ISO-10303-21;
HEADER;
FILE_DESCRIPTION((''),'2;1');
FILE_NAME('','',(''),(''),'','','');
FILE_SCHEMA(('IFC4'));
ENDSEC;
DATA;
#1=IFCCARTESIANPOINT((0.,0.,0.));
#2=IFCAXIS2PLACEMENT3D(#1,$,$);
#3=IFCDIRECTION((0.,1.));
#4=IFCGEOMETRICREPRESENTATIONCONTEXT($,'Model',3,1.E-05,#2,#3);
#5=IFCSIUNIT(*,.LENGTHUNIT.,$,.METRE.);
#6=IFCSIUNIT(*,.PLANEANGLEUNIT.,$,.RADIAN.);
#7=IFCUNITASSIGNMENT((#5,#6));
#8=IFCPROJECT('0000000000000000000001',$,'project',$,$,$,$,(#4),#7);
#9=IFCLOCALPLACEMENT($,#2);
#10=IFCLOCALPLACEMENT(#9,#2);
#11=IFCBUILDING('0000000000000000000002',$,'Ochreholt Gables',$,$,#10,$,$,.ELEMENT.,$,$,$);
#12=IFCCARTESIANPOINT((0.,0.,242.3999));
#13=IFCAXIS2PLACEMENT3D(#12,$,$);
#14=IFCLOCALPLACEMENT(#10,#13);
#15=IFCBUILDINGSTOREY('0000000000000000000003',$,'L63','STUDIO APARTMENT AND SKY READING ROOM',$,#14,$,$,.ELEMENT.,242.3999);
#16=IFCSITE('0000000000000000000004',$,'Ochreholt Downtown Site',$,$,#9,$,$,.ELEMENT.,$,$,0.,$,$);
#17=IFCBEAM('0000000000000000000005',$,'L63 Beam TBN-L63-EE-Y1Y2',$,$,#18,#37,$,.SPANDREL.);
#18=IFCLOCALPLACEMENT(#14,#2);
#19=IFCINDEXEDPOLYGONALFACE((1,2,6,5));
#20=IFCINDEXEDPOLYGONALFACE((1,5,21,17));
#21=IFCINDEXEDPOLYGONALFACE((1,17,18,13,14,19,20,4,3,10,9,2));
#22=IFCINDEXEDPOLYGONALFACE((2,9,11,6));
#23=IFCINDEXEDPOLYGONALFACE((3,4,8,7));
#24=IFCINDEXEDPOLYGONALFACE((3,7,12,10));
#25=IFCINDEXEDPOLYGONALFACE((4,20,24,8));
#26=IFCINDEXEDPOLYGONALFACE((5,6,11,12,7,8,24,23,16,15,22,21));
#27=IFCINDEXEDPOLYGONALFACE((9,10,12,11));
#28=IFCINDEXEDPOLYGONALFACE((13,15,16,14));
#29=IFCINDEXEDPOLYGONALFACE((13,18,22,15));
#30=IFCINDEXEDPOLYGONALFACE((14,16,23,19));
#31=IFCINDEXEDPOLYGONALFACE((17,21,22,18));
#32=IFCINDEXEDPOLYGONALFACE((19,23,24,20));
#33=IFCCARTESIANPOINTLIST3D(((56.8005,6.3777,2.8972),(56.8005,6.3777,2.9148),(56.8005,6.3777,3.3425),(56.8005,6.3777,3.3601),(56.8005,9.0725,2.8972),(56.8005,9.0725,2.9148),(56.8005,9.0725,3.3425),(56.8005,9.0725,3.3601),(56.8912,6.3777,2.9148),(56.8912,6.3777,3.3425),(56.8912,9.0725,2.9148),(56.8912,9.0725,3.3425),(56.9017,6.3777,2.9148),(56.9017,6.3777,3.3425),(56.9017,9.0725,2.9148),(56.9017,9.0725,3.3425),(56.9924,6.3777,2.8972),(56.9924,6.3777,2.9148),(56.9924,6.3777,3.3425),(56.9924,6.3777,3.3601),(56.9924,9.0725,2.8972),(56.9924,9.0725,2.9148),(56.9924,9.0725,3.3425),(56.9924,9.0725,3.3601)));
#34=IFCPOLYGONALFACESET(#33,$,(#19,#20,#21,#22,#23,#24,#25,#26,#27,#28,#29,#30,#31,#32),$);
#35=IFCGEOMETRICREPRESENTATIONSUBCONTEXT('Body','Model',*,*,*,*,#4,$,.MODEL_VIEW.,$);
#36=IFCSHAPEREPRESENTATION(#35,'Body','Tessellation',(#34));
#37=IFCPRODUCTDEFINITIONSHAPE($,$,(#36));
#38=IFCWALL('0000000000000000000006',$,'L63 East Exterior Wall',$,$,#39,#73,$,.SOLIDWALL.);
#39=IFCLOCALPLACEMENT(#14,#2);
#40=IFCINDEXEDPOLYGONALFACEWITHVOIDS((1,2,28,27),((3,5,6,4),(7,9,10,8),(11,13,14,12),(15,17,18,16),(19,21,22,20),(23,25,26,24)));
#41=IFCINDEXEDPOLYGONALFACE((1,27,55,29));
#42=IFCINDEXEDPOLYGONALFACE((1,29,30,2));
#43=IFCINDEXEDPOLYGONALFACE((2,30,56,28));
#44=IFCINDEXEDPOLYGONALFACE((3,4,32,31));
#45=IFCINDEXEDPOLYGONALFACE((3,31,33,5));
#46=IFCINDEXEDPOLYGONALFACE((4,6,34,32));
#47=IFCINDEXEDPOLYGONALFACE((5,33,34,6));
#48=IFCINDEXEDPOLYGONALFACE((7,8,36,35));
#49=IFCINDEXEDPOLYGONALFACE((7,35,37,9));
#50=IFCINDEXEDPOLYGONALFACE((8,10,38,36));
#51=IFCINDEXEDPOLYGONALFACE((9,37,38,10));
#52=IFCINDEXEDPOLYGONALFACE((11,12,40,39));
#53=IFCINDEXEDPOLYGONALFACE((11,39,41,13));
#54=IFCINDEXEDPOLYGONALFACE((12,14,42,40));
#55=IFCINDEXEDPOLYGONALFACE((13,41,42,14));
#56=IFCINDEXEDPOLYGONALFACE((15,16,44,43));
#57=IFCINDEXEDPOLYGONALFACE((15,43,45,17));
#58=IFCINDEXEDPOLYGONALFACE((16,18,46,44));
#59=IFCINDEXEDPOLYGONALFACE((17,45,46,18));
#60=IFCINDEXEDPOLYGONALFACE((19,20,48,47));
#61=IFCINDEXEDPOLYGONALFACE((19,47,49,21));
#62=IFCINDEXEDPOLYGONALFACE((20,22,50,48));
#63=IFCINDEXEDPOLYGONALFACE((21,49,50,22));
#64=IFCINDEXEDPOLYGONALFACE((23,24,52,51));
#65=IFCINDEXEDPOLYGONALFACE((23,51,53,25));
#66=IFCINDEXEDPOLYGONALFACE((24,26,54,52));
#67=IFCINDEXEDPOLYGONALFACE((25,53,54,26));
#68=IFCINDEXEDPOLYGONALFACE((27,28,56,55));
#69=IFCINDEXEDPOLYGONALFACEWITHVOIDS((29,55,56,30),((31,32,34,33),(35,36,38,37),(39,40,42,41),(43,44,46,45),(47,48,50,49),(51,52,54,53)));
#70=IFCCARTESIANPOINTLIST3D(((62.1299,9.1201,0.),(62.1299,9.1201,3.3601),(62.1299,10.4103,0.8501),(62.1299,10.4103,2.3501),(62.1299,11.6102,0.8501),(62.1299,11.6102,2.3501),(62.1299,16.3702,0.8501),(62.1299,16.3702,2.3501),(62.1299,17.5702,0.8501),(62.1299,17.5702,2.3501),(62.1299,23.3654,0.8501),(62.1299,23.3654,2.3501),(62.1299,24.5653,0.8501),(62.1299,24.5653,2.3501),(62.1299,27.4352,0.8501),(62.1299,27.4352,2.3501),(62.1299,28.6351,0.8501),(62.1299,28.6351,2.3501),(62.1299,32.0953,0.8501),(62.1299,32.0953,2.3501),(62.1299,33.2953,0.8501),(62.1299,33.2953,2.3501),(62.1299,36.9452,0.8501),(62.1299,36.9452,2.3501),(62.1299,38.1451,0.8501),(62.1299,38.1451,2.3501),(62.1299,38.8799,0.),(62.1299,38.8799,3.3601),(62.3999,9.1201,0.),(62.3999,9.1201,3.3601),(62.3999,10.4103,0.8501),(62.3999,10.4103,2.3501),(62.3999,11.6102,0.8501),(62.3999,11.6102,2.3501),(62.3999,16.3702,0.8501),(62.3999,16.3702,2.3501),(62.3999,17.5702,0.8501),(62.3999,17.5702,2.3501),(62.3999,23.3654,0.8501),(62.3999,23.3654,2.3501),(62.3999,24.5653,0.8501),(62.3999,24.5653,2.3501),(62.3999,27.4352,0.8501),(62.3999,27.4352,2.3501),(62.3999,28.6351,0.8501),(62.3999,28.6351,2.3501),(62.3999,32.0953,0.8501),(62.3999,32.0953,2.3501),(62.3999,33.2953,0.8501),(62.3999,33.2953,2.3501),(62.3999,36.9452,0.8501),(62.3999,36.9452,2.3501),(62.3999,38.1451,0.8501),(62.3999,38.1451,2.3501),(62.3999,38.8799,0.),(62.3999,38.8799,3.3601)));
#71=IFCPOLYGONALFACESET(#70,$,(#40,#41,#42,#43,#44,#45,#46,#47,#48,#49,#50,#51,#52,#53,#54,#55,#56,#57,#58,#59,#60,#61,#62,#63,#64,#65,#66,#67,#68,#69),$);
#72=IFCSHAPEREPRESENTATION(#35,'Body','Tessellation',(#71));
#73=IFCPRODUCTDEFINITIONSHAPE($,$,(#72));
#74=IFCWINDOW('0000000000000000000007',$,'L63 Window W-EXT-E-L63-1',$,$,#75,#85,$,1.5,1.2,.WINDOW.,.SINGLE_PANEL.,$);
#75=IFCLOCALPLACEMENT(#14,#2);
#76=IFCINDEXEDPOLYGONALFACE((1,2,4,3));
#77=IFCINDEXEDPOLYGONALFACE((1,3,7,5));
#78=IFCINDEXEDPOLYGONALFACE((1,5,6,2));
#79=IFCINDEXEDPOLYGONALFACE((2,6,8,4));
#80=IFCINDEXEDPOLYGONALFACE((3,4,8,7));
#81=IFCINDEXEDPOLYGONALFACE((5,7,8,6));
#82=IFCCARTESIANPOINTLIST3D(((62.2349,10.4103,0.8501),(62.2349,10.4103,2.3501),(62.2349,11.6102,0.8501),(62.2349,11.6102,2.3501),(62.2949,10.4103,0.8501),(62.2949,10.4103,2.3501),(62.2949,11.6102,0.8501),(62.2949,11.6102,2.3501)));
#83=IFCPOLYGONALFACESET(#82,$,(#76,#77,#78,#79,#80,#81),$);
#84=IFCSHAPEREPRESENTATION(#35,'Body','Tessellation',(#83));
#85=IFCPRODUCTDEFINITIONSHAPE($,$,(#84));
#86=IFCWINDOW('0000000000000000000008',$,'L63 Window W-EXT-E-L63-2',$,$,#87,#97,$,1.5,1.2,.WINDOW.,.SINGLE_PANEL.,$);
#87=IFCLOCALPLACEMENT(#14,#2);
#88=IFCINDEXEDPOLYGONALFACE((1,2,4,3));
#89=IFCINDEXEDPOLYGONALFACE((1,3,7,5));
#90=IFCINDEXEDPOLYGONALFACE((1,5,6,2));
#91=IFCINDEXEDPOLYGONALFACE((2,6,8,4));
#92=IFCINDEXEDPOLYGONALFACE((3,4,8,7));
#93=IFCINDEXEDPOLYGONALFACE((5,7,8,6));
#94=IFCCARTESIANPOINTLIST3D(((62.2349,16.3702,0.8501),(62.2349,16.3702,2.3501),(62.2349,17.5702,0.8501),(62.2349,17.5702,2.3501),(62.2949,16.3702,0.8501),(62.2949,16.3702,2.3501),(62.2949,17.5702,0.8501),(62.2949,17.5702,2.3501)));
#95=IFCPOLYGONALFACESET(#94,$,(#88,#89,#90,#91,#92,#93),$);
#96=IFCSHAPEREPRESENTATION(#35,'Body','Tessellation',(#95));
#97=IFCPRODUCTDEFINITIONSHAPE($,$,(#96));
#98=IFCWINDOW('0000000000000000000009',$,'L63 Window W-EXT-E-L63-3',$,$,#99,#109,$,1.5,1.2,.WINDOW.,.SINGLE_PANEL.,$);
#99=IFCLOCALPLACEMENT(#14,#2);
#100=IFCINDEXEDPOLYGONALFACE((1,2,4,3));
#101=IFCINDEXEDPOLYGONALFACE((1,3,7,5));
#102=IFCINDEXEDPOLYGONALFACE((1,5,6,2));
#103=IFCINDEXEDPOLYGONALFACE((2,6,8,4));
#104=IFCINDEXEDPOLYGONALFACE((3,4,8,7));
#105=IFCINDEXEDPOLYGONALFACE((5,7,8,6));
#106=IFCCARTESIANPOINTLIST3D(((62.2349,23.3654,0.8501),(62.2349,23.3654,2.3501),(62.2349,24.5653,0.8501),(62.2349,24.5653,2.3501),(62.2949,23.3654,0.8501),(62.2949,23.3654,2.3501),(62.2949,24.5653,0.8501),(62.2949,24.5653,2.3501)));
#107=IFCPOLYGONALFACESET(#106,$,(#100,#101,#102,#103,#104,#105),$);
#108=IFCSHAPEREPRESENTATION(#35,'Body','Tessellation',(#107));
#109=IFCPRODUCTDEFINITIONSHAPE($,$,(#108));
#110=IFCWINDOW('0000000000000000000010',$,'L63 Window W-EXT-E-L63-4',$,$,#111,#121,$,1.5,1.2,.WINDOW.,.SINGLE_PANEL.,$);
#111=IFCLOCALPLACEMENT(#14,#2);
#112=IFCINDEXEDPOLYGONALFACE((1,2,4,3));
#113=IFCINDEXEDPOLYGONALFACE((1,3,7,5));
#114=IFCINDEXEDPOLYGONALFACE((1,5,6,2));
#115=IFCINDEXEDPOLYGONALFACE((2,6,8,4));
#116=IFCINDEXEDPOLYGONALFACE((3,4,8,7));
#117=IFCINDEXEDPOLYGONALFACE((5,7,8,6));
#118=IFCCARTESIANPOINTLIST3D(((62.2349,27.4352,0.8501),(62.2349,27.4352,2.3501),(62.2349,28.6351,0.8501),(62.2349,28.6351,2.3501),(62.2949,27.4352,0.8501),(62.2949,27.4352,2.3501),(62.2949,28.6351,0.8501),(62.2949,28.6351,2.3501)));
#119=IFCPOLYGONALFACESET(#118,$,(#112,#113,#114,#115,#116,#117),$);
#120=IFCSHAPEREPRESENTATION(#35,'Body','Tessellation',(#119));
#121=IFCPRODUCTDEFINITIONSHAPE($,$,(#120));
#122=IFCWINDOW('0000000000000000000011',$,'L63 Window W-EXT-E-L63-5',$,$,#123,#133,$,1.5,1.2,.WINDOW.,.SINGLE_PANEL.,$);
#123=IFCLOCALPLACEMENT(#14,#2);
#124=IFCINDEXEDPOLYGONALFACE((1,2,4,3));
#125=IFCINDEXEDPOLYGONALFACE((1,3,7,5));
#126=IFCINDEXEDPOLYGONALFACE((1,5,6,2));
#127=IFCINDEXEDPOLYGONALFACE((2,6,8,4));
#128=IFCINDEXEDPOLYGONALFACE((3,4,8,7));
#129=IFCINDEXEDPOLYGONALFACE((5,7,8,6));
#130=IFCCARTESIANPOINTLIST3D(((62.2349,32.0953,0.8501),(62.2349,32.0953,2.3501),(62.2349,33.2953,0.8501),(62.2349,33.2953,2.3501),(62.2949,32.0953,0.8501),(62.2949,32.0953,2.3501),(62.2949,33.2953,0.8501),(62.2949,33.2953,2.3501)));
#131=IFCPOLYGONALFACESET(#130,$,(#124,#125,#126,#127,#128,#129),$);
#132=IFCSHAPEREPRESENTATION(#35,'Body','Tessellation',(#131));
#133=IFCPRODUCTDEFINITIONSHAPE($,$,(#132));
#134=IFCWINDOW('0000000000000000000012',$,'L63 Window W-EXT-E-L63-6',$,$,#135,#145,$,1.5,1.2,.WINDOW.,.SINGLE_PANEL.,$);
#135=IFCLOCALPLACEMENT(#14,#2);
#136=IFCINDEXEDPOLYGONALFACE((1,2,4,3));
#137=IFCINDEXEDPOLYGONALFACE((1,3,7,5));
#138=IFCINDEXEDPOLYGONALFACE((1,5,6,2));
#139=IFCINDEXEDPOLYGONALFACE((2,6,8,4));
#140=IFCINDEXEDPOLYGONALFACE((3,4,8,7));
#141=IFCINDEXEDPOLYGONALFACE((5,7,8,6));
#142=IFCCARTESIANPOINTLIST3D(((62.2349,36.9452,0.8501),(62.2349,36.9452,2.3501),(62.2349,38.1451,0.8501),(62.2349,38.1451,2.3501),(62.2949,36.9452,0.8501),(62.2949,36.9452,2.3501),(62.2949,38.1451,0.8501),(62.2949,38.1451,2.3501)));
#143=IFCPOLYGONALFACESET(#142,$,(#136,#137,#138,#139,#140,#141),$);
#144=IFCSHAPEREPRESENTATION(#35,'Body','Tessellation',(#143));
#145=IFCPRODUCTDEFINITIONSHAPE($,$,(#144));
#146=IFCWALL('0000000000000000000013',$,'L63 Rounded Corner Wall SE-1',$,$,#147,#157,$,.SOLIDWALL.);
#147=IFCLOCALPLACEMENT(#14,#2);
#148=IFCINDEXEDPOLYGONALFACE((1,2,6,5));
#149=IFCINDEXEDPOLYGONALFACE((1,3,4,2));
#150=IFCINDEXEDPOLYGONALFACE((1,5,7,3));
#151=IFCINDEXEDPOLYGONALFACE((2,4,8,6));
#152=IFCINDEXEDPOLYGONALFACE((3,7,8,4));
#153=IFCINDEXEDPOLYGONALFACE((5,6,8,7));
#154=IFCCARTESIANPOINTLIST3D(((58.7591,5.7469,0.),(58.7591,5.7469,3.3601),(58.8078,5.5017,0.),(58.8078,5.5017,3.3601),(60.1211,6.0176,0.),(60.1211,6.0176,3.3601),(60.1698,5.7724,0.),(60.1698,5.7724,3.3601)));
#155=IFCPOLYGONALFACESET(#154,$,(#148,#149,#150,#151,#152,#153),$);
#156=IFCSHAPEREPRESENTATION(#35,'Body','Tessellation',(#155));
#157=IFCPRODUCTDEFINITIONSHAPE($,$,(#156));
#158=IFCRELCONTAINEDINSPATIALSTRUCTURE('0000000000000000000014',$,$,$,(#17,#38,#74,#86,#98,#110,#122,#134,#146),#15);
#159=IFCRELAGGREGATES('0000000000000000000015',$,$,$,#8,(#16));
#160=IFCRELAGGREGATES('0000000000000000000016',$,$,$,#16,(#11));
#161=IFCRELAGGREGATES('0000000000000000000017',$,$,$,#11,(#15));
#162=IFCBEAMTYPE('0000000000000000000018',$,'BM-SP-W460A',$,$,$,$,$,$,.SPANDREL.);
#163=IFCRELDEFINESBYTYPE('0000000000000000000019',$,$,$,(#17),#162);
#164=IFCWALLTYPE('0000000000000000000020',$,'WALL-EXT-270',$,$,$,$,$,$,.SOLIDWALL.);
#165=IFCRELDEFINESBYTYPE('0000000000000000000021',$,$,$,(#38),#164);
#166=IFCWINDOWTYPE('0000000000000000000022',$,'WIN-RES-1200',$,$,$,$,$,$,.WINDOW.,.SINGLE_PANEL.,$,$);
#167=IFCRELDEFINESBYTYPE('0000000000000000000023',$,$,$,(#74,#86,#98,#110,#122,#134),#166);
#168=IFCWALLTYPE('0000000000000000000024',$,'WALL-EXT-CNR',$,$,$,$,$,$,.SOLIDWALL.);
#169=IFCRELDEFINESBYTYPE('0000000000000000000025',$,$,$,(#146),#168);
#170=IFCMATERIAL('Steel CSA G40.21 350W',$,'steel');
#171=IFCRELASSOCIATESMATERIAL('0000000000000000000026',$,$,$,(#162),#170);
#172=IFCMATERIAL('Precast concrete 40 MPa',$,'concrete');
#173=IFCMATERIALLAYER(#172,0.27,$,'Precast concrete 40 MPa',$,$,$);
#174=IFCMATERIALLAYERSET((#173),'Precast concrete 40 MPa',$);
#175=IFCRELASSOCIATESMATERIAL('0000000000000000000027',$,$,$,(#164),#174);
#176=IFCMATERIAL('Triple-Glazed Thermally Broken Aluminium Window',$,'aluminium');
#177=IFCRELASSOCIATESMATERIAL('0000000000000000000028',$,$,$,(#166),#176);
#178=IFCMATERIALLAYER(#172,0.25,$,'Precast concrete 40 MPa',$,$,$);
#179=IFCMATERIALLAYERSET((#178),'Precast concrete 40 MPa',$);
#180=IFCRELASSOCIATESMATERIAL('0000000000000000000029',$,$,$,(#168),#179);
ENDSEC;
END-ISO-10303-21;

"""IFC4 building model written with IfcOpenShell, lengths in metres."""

from ifc_helpers import new_model, si_unit, direction, frame, frame_2d, origin, origin_2d, place, context, subcontext, project, spatial, rectangle, i_section, extrude, material, layer, layer_set, material_profile, profile_set, type_object, element, fill, save


model = new_model("IFC4")

# Units and contexts
model_context = context("Model", 3, precision=1e-05, world=origin(), true_north=direction((0.0, 1.0)))
body_context = subcontext(model_context, "Body", "Model", "MODEL_VIEW")
ifc_project = project(units=[si_unit("LENGTHUNIT", "METRE"), si_unit("PLANEANGLEUNIT", "RADIAN")], contexts=[model_context])

# Site, building, storey
site_placement = place(None, origin())
site = spatial("IfcSite", under=ifc_project, at=site_placement, Name="Ochreholt Downtown Site", CompositionType="ELEMENT", RefElevation=0.0)
building_placement = place(site_placement, origin())
building = spatial("IfcBuilding", under=site, at=building_placement, Name="Ochreholt Gables", CompositionType="ELEMENT")
storey_placement = place(building_placement, frame((0.0, 0.0, 242.3999)))
storey = spatial("IfcBuildingStorey", under=building, at=storey_placement, Name="L63", Description="STUDIO APARTMENT AND SKY READING ROOM", CompositionType="ELEMENT", Elevation=242.3999)

# Beam
ifc_material_1 = material(Name="Steel CSA G40.21 350W", Category="steel")
ifc_material_profile = material_profile(ifc_material_1, i_section(OverallWidth=0.1919, OverallDepth=0.4629, WebThickness=0.0105, FlangeThickness=0.0176, at=origin_2d()), Name="W460X89")
ifc_profile_set = profile_set([ifc_material_profile], Name="Steel CSA G40.21 350W")
beam_type = type_object("IfcBeamType", Name="BM-SP-W460A", PredefinedType="SPANDREL", material=ifc_profile_set)
beam_placement = place(storey_placement, frame((56.8965, 6.3777, 3.1287), z_axis=(0.0, 1.0, 0.0), x_axis=(-1.0, 0.0, 0.0)))
element("IfcBeam", 1, at=beam_placement, inside=storey, type_object=beam_type, Name="L63 Beam TBN-L63-EE-Y1Y2", PredefinedType="SPANDREL", context=body_context, shape_type="SweptSolid", body=[
    extrude(i_section(OverallWidth=0.1919, OverallDepth=0.4629, WebThickness=0.0105, FlangeThickness=0.0176, at=origin_2d()), origin(), (0.0, 0.0, 1.0), 2.6948),
])

# Wall, openings, windows
ifc_material_2 = material(Name="Precast concrete 40 MPa", Category="concrete")
ifc_layer_1 = layer(ifc_material_2, 0.27, Name="Precast concrete 40 MPa")
ifc_layer_set_1 = layer_set([ifc_layer_1], Name="Precast concrete 40 MPa")
wall_type_1 = type_object("IfcWallType", Name="WALL-EXT-270", PredefinedType="SOLIDWALL", material=ifc_layer_set_1)
wall_1_placement = place(storey_placement, frame((62.2649, 9.1201, 0.0), z_axis=(0.0, 0.0, 1.0), x_axis=(0.0, 1.0, 0.0)))
wall_1 = element("IfcWall", 2, at=wall_1_placement, inside=storey, type_object=wall_type_1, Name="L63 East Exterior Wall", PredefinedType="SOLIDWALL", context=body_context, shape_type="SweptSolid", body=[
    extrude(rectangle(XDim=29.7598, YDim=0.27, at=frame_2d((14.8799, 0.0))), origin(), (0.0, 0.0, 1.0), 3.3601),
])
opening_1_placement = place(wall_1_placement, frame((1.29, 0.0, 0.8501)))
opening_1 = element("IfcOpeningElement", 3, at=opening_1_placement, cuts=wall_1, PredefinedType="OPENING", context=body_context, shape_type="SweptSolid", body=[
    extrude(rectangle(XDim=1.2, YDim=1.5, at=frame_2d((0.6001, 0.75))), frame((0.0, 0.145, 0.0), z_axis=(0.0, -1.0, 0.0), x_axis=(1.0, 0.0, 0.0)), (0.0, 0.0, 1.0), 0.29),
])
opening_2_placement = place(wall_1_placement, frame((7.25, 0.0, 0.8501)))
opening_2 = element("IfcOpeningElement", 4, at=opening_2_placement, cuts=wall_1, PredefinedType="OPENING", context=body_context, shape_type="SweptSolid", body=[
    extrude(rectangle(XDim=1.2, YDim=1.5, at=frame_2d((0.6001, 0.75))), frame((0.0, 0.145, 0.0), z_axis=(0.0, -1.0, 0.0), x_axis=(1.0, 0.0, 0.0)), (0.0, 0.0, 1.0), 0.29),
])
opening_3_placement = place(wall_1_placement, frame((14.2451, 0.0, 0.8501)))
opening_3 = element("IfcOpeningElement", 5, at=opening_3_placement, cuts=wall_1, PredefinedType="OPENING", context=body_context, shape_type="SweptSolid", body=[
    extrude(rectangle(XDim=1.2, YDim=1.5, at=frame_2d((0.6001, 0.75))), frame((0.0, 0.145, 0.0), z_axis=(0.0, -1.0, 0.0), x_axis=(1.0, 0.0, 0.0)), (0.0, 0.0, 1.0), 0.29),
])
opening_4_placement = place(wall_1_placement, frame((18.3149, 0.0, 0.8501)))
opening_4 = element("IfcOpeningElement", 6, at=opening_4_placement, cuts=wall_1, PredefinedType="OPENING", context=body_context, shape_type="SweptSolid", body=[
    extrude(rectangle(XDim=1.2, YDim=1.5, at=frame_2d((0.6001, 0.75))), frame((0.0, 0.145, 0.0), z_axis=(0.0, -1.0, 0.0), x_axis=(1.0, 0.0, 0.0)), (0.0, 0.0, 1.0), 0.29),
])
opening_5_placement = place(wall_1_placement, frame((22.9751, 0.0, 0.8501)))
opening_5 = element("IfcOpeningElement", 7, at=opening_5_placement, cuts=wall_1, PredefinedType="OPENING", context=body_context, shape_type="SweptSolid", body=[
    extrude(rectangle(XDim=1.2, YDim=1.5, at=frame_2d((0.6001, 0.75))), frame((0.0, 0.145, 0.0), z_axis=(0.0, -1.0, 0.0), x_axis=(1.0, 0.0, 0.0)), (0.0, 0.0, 1.0), 0.29),
])
opening_6_placement = place(wall_1_placement, frame((27.825, 0.0, 0.8501)))
opening_6 = element("IfcOpeningElement", 8, at=opening_6_placement, cuts=wall_1, PredefinedType="OPENING", context=body_context, shape_type="SweptSolid", body=[
    extrude(rectangle(XDim=1.2, YDim=1.5, at=frame_2d((0.6001, 0.75))), frame((0.0, 0.145, 0.0), z_axis=(0.0, -1.0, 0.0), x_axis=(1.0, 0.0, 0.0)), (0.0, 0.0, 1.0), 0.29),
])
ifc_material_3 = material(Name="Triple-Glazed Thermally Broken Aluminium Window", Category="aluminium")
window_type = type_object("IfcWindowType", Name="WIN-RES-1200", PartitioningType="SINGLE_PANEL", PredefinedType="WINDOW", material=ifc_material_3)
window_1_placement = place(opening_1_placement, origin())
window_1 = element("IfcWindow", 9, at=window_1_placement, inside=storey, type_object=window_type, Name="L63 Window W-EXT-E-L63-1", OverallHeight=1.5, OverallWidth=1.2, PartitioningType="SINGLE_PANEL", PredefinedType="WINDOW", context=body_context, shape_type="SweptSolid", body=[
    extrude(rectangle(XDim=1.2, YDim=1.5, at=frame_2d((0.6001, 0.75))), frame((0.0, 0.03, 0.0), z_axis=(0.0, -1.0, 0.0), x_axis=(1.0, 0.0, 0.0)), (0.0, 0.0, 1.0), 0.0601),
])
fill(opening_1, window_1)
window_2_placement = place(opening_2_placement, origin())
window_2 = element("IfcWindow", 10, at=window_2_placement, inside=storey, type_object=window_type, Name="L63 Window W-EXT-E-L63-2", OverallHeight=1.5, OverallWidth=1.2, PartitioningType="SINGLE_PANEL", PredefinedType="WINDOW", context=body_context, shape_type="SweptSolid", body=[
    extrude(rectangle(XDim=1.2, YDim=1.5, at=frame_2d((0.6001, 0.75))), frame((0.0, 0.03, 0.0), z_axis=(0.0, -1.0, 0.0), x_axis=(1.0, 0.0, 0.0)), (0.0, 0.0, 1.0), 0.0601),
])
fill(opening_2, window_2)
window_3_placement = place(opening_3_placement, origin())
window_3 = element("IfcWindow", 11, at=window_3_placement, inside=storey, type_object=window_type, Name="L63 Window W-EXT-E-L63-3", OverallHeight=1.5, OverallWidth=1.2, PartitioningType="SINGLE_PANEL", PredefinedType="WINDOW", context=body_context, shape_type="SweptSolid", body=[
    extrude(rectangle(XDim=1.2, YDim=1.5, at=frame_2d((0.6001, 0.75))), frame((0.0, 0.03, 0.0), z_axis=(0.0, -1.0, 0.0), x_axis=(1.0, 0.0, 0.0)), (0.0, 0.0, 1.0), 0.0601),
])
fill(opening_3, window_3)
window_4_placement = place(opening_4_placement, origin())
window_4 = element("IfcWindow", 12, at=window_4_placement, inside=storey, type_object=window_type, Name="L63 Window W-EXT-E-L63-4", OverallHeight=1.5, OverallWidth=1.2, PartitioningType="SINGLE_PANEL", PredefinedType="WINDOW", context=body_context, shape_type="SweptSolid", body=[
    extrude(rectangle(XDim=1.2, YDim=1.5, at=frame_2d((0.6001, 0.75))), frame((0.0, 0.03, 0.0), z_axis=(0.0, -1.0, 0.0), x_axis=(1.0, 0.0, 0.0)), (0.0, 0.0, 1.0), 0.0601),
])
fill(opening_4, window_4)
window_5_placement = place(opening_5_placement, origin())
window_5 = element("IfcWindow", 13, at=window_5_placement, inside=storey, type_object=window_type, Name="L63 Window W-EXT-E-L63-5", OverallHeight=1.5, OverallWidth=1.2, PartitioningType="SINGLE_PANEL", PredefinedType="WINDOW", context=body_context, shape_type="SweptSolid", body=[
    extrude(rectangle(XDim=1.2, YDim=1.5, at=frame_2d((0.6001, 0.75))), frame((0.0, 0.03, 0.0), z_axis=(0.0, -1.0, 0.0), x_axis=(1.0, 0.0, 0.0)), (0.0, 0.0, 1.0), 0.0601),
])
fill(opening_5, window_5)
window_6_placement = place(opening_6_placement, origin())
window_6 = element("IfcWindow", 14, at=window_6_placement, inside=storey, type_object=window_type, Name="L63 Window W-EXT-E-L63-6", OverallHeight=1.5, OverallWidth=1.2, PartitioningType="SINGLE_PANEL", PredefinedType="WINDOW", context=body_context, shape_type="SweptSolid", body=[
    extrude(rectangle(XDim=1.2, YDim=1.5, at=frame_2d((0.6001, 0.75))), frame((0.0, 0.03, 0.0), z_axis=(0.0, -1.0, 0.0), x_axis=(1.0, 0.0, 0.0)), (0.0, 0.0, 1.0), 0.0601),
])
fill(opening_6, window_6)

# Wall
ifc_layer_2 = layer(ifc_material_2, 0.25, Name="Precast concrete 40 MPa")
ifc_layer_set_2 = layer_set([ifc_layer_2], Name="Precast concrete 40 MPa")
wall_type_2 = type_object("IfcWallType", Name="WALL-EXT-CNR", PredefinedType="SOLIDWALL", material=ifc_layer_set_2)
wall_2_placement = place(storey_placement, frame((58.7834, 5.6243, 0.0), z_axis=(0.0, 0.0, 1.0), x_axis=(0.98081, 0.194967, 0.0)))
element("IfcWall", 15, at=wall_2_placement, inside=storey, type_object=wall_type_2, Name="L63 Rounded Corner Wall SE-1", PredefinedType="SOLIDWALL", context=body_context, shape_type="SweptSolid", body=[
    extrude(rectangle(XDim=1.3887, YDim=0.25, at=frame_2d((0.6943, 0.0))), origin(), (0.0, 0.0, 1.0), 3.3601),
])

save(model, "model.ifc")
